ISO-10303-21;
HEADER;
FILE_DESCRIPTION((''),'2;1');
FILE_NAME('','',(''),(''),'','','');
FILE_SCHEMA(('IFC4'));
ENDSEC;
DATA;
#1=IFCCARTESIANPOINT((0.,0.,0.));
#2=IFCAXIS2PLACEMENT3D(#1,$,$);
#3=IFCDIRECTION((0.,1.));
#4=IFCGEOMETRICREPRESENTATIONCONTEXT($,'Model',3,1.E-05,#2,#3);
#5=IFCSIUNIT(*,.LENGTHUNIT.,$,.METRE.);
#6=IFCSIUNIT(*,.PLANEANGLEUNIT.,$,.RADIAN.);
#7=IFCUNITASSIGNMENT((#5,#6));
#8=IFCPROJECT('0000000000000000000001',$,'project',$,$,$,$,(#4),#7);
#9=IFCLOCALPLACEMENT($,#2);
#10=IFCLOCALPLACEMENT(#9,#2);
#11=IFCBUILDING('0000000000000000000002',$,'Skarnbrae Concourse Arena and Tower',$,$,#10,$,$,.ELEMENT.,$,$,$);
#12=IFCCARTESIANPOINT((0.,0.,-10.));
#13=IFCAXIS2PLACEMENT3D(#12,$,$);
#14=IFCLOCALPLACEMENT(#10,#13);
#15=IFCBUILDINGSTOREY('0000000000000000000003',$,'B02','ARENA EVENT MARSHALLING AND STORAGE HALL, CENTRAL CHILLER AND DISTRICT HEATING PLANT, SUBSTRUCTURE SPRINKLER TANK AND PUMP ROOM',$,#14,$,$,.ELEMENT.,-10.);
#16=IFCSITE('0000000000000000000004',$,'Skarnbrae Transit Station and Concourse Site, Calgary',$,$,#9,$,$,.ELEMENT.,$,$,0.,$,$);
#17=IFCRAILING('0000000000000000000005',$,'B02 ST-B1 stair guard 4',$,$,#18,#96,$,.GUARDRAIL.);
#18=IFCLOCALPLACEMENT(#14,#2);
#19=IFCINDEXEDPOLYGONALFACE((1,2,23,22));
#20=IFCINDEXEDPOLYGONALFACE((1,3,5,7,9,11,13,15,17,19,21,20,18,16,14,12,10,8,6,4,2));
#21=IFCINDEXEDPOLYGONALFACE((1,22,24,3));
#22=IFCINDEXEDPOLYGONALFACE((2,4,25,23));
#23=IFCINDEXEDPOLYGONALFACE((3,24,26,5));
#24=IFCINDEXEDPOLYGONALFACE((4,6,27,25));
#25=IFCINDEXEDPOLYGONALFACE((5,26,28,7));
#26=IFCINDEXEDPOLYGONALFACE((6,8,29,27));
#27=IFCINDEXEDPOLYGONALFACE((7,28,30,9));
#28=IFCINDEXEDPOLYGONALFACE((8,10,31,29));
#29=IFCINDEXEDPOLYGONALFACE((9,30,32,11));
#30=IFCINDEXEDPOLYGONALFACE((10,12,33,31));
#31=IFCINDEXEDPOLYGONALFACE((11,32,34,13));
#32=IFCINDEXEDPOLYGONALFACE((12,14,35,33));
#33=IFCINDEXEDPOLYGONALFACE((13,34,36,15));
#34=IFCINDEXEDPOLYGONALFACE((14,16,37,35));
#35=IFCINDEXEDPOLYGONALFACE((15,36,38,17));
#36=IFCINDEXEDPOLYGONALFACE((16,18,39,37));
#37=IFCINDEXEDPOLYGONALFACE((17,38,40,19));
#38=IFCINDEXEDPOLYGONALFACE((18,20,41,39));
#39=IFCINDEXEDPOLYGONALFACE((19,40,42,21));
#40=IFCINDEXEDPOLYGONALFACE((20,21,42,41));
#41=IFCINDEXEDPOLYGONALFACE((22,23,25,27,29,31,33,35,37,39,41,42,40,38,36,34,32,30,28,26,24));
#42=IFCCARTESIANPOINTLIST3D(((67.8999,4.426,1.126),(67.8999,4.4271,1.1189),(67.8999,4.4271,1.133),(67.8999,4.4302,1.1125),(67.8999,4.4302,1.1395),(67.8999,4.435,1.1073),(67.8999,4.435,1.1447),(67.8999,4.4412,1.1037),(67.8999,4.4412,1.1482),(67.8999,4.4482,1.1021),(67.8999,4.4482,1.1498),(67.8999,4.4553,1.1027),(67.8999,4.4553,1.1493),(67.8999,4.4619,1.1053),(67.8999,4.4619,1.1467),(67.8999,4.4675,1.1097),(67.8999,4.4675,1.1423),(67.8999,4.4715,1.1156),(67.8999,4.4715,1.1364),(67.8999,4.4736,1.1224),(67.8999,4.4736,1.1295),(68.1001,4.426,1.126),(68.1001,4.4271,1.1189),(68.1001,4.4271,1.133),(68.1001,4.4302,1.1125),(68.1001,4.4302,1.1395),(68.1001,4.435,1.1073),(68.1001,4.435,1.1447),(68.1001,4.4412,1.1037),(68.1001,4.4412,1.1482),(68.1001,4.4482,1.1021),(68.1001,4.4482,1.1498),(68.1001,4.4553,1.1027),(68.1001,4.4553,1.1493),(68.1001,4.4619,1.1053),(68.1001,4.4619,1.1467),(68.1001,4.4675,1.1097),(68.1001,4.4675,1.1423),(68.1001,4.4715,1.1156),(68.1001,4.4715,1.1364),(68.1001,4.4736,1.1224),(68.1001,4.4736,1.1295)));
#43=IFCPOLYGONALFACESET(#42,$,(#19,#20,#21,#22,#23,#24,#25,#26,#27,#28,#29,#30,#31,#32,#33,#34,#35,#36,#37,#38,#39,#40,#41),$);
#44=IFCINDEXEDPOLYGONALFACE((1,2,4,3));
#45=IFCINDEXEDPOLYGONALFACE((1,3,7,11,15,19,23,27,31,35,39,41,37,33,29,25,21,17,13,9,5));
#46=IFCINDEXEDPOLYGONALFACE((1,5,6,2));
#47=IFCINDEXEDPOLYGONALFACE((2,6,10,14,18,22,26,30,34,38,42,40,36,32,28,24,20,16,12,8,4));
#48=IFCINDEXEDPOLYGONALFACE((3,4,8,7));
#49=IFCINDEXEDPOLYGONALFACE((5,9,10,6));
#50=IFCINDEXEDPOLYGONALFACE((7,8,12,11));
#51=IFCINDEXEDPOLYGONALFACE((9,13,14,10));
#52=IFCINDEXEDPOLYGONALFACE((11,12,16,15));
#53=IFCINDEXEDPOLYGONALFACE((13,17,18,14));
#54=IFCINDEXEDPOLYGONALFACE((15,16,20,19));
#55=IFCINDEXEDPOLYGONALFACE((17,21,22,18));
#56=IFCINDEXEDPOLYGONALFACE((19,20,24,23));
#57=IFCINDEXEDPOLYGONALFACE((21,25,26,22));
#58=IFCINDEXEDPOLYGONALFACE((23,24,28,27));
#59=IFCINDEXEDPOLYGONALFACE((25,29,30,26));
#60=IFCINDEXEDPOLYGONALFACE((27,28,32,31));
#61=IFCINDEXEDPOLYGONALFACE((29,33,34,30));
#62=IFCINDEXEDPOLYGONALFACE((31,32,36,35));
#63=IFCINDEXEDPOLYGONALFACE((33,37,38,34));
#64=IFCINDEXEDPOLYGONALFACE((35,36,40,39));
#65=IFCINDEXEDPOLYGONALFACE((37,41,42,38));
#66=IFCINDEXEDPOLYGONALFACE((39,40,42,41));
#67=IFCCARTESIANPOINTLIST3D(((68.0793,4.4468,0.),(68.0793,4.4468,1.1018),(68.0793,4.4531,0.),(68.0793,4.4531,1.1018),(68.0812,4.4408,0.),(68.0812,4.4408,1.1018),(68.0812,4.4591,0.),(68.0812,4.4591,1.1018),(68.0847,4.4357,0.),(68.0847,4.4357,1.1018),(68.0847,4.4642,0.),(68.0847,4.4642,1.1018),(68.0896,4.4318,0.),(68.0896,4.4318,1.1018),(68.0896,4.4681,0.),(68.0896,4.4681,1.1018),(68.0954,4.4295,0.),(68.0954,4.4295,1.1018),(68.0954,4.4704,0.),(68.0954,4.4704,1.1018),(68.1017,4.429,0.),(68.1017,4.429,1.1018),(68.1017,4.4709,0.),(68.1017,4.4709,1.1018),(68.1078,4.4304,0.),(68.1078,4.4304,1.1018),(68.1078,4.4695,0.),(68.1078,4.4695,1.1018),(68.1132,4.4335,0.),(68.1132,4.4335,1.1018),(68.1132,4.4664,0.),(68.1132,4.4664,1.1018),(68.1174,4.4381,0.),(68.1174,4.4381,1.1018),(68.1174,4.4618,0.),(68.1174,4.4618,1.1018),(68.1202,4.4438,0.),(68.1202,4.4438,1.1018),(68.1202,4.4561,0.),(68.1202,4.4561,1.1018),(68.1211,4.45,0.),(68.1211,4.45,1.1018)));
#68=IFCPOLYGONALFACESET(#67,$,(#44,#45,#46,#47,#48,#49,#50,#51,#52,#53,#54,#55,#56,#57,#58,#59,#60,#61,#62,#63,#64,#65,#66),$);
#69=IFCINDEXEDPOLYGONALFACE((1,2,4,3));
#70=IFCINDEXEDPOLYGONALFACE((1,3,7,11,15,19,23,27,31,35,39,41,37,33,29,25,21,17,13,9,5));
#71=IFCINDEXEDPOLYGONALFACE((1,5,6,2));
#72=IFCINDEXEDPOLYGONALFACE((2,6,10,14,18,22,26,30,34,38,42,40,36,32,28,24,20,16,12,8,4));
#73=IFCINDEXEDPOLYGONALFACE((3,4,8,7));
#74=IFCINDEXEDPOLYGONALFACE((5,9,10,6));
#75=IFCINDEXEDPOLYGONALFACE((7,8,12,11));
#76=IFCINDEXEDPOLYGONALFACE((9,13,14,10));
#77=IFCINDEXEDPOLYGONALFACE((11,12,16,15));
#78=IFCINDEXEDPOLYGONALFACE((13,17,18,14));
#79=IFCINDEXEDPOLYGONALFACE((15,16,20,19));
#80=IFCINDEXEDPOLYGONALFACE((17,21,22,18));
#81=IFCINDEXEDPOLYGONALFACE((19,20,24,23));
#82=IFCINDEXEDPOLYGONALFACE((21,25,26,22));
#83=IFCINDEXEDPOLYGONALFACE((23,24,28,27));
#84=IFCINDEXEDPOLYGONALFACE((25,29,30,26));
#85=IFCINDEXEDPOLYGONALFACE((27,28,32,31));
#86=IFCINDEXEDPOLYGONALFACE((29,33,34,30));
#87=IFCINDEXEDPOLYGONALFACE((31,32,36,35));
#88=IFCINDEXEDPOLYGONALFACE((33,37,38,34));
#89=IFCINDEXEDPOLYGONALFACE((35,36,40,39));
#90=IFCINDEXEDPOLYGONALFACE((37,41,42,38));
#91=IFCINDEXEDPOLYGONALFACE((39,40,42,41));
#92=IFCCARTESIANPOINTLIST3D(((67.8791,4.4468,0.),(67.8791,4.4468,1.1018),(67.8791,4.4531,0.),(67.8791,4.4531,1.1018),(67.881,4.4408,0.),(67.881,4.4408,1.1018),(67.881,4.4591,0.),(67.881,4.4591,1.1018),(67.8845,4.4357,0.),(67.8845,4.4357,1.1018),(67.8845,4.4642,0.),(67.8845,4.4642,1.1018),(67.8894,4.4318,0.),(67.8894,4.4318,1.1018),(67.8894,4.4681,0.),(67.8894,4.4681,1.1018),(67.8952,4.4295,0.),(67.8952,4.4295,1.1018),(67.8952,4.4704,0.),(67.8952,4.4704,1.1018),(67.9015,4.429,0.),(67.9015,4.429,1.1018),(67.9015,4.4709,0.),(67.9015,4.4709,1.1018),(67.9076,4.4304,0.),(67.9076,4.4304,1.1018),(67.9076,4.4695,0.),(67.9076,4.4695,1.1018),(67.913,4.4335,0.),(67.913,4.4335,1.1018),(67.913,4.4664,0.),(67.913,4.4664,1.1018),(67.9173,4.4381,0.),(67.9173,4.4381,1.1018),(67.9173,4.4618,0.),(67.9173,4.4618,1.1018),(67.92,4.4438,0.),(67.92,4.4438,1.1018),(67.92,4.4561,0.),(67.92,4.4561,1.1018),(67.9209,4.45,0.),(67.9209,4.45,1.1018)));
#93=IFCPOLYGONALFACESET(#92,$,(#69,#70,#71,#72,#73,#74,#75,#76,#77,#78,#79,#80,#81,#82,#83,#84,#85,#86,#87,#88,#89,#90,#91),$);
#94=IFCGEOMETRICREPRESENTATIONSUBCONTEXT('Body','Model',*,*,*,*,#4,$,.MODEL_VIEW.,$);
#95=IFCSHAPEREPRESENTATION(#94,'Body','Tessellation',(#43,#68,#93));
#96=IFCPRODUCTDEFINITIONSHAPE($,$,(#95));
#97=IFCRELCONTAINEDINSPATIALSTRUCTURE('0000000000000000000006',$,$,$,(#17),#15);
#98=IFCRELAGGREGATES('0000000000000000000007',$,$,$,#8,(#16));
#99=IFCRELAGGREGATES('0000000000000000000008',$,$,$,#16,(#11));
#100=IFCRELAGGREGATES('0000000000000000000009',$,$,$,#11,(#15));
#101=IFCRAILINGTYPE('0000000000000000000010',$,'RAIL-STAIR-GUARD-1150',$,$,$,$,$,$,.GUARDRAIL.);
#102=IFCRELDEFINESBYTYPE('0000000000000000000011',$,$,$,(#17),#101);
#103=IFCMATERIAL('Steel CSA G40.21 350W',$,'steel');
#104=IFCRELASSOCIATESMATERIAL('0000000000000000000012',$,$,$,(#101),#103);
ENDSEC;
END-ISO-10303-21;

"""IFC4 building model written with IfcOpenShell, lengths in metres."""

from ifc_helpers import new_model, si_unit, direction, frame, origin, origin_2d, place, context, subcontext, project, spatial, circle, extrude, material, type_object, element, save


model = new_model("IFC4")

# Units and contexts
model_context = context("Model", 3, precision=1e-05, world=origin(), true_north=direction((0.0, 1.0)))
body_context = subcontext(model_context, "Body", "Model", "MODEL_VIEW")
ifc_project = project(units=[si_unit("LENGTHUNIT", "METRE"), si_unit("PLANEANGLEUNIT", "RADIAN")], contexts=[model_context])

# Site, building, storey
site_placement = place(None, origin())
site = spatial("IfcSite", under=ifc_project, at=site_placement, Name="Skarnbrae Transit Station and Concourse Site, Calgary", CompositionType="ELEMENT", RefElevation=0.0)
building_placement = place(site_placement, origin())
building = spatial("IfcBuilding", under=site, at=building_placement, Name="Skarnbrae Concourse Arena and Tower", CompositionType="ELEMENT")
storey_placement = place(building_placement, frame((0.0, 0.0, -10.0)))
storey = spatial("IfcBuildingStorey", under=building, at=storey_placement, Name="B02", Description="ARENA EVENT MARSHALLING AND STORAGE HALL, CENTRAL CHILLER AND DISTRICT HEATING PLANT, SUBSTRUCTURE SPRINKLER TANK AND PUMP ROOM", CompositionType="ELEMENT", Elevation=-10.0)

# Shared definitions
ifc_material_1 = material(Name="Steel CSA G40.21 350W", Category="steel")

# Railing
railing_type_1 = type_object("IfcRailingType", Name="RAIL-STAIR-GUARD-1150", PredefinedType="GUARDRAIL", material=ifc_material_1)
railing_1_placement = place(storey_placement, frame((68.1001, 4.45, 0.0)))
element("IfcRailing", 1, at=railing_1_placement, inside=storey, type_object=railing_type_1, Name="B02 ST-B1 stair guard 4", PredefinedType="GUARDRAIL", context=body_context, shape_type="SweptSolid", body=[
    extrude(circle(Radius=0.0239, at=origin_2d()), frame((0.0, 0.0, 1.126), z_axis=(-1.0, 0.0, 0.0), x_axis=(0.0, -1.0, 0.0)), (0.0, 0.0, 1.0), 0.2002),
    extrude(circle(Radius=0.021, at=origin_2d()), origin(), (0.0, 0.0, 1.0), 1.1018),
    extrude(circle(Radius=0.021, at=origin_2d()), frame((-0.2002, 0.0, 0.0)), (0.0, 0.0, 1.0), 1.1018),
])

save(model, "model.ifc")
